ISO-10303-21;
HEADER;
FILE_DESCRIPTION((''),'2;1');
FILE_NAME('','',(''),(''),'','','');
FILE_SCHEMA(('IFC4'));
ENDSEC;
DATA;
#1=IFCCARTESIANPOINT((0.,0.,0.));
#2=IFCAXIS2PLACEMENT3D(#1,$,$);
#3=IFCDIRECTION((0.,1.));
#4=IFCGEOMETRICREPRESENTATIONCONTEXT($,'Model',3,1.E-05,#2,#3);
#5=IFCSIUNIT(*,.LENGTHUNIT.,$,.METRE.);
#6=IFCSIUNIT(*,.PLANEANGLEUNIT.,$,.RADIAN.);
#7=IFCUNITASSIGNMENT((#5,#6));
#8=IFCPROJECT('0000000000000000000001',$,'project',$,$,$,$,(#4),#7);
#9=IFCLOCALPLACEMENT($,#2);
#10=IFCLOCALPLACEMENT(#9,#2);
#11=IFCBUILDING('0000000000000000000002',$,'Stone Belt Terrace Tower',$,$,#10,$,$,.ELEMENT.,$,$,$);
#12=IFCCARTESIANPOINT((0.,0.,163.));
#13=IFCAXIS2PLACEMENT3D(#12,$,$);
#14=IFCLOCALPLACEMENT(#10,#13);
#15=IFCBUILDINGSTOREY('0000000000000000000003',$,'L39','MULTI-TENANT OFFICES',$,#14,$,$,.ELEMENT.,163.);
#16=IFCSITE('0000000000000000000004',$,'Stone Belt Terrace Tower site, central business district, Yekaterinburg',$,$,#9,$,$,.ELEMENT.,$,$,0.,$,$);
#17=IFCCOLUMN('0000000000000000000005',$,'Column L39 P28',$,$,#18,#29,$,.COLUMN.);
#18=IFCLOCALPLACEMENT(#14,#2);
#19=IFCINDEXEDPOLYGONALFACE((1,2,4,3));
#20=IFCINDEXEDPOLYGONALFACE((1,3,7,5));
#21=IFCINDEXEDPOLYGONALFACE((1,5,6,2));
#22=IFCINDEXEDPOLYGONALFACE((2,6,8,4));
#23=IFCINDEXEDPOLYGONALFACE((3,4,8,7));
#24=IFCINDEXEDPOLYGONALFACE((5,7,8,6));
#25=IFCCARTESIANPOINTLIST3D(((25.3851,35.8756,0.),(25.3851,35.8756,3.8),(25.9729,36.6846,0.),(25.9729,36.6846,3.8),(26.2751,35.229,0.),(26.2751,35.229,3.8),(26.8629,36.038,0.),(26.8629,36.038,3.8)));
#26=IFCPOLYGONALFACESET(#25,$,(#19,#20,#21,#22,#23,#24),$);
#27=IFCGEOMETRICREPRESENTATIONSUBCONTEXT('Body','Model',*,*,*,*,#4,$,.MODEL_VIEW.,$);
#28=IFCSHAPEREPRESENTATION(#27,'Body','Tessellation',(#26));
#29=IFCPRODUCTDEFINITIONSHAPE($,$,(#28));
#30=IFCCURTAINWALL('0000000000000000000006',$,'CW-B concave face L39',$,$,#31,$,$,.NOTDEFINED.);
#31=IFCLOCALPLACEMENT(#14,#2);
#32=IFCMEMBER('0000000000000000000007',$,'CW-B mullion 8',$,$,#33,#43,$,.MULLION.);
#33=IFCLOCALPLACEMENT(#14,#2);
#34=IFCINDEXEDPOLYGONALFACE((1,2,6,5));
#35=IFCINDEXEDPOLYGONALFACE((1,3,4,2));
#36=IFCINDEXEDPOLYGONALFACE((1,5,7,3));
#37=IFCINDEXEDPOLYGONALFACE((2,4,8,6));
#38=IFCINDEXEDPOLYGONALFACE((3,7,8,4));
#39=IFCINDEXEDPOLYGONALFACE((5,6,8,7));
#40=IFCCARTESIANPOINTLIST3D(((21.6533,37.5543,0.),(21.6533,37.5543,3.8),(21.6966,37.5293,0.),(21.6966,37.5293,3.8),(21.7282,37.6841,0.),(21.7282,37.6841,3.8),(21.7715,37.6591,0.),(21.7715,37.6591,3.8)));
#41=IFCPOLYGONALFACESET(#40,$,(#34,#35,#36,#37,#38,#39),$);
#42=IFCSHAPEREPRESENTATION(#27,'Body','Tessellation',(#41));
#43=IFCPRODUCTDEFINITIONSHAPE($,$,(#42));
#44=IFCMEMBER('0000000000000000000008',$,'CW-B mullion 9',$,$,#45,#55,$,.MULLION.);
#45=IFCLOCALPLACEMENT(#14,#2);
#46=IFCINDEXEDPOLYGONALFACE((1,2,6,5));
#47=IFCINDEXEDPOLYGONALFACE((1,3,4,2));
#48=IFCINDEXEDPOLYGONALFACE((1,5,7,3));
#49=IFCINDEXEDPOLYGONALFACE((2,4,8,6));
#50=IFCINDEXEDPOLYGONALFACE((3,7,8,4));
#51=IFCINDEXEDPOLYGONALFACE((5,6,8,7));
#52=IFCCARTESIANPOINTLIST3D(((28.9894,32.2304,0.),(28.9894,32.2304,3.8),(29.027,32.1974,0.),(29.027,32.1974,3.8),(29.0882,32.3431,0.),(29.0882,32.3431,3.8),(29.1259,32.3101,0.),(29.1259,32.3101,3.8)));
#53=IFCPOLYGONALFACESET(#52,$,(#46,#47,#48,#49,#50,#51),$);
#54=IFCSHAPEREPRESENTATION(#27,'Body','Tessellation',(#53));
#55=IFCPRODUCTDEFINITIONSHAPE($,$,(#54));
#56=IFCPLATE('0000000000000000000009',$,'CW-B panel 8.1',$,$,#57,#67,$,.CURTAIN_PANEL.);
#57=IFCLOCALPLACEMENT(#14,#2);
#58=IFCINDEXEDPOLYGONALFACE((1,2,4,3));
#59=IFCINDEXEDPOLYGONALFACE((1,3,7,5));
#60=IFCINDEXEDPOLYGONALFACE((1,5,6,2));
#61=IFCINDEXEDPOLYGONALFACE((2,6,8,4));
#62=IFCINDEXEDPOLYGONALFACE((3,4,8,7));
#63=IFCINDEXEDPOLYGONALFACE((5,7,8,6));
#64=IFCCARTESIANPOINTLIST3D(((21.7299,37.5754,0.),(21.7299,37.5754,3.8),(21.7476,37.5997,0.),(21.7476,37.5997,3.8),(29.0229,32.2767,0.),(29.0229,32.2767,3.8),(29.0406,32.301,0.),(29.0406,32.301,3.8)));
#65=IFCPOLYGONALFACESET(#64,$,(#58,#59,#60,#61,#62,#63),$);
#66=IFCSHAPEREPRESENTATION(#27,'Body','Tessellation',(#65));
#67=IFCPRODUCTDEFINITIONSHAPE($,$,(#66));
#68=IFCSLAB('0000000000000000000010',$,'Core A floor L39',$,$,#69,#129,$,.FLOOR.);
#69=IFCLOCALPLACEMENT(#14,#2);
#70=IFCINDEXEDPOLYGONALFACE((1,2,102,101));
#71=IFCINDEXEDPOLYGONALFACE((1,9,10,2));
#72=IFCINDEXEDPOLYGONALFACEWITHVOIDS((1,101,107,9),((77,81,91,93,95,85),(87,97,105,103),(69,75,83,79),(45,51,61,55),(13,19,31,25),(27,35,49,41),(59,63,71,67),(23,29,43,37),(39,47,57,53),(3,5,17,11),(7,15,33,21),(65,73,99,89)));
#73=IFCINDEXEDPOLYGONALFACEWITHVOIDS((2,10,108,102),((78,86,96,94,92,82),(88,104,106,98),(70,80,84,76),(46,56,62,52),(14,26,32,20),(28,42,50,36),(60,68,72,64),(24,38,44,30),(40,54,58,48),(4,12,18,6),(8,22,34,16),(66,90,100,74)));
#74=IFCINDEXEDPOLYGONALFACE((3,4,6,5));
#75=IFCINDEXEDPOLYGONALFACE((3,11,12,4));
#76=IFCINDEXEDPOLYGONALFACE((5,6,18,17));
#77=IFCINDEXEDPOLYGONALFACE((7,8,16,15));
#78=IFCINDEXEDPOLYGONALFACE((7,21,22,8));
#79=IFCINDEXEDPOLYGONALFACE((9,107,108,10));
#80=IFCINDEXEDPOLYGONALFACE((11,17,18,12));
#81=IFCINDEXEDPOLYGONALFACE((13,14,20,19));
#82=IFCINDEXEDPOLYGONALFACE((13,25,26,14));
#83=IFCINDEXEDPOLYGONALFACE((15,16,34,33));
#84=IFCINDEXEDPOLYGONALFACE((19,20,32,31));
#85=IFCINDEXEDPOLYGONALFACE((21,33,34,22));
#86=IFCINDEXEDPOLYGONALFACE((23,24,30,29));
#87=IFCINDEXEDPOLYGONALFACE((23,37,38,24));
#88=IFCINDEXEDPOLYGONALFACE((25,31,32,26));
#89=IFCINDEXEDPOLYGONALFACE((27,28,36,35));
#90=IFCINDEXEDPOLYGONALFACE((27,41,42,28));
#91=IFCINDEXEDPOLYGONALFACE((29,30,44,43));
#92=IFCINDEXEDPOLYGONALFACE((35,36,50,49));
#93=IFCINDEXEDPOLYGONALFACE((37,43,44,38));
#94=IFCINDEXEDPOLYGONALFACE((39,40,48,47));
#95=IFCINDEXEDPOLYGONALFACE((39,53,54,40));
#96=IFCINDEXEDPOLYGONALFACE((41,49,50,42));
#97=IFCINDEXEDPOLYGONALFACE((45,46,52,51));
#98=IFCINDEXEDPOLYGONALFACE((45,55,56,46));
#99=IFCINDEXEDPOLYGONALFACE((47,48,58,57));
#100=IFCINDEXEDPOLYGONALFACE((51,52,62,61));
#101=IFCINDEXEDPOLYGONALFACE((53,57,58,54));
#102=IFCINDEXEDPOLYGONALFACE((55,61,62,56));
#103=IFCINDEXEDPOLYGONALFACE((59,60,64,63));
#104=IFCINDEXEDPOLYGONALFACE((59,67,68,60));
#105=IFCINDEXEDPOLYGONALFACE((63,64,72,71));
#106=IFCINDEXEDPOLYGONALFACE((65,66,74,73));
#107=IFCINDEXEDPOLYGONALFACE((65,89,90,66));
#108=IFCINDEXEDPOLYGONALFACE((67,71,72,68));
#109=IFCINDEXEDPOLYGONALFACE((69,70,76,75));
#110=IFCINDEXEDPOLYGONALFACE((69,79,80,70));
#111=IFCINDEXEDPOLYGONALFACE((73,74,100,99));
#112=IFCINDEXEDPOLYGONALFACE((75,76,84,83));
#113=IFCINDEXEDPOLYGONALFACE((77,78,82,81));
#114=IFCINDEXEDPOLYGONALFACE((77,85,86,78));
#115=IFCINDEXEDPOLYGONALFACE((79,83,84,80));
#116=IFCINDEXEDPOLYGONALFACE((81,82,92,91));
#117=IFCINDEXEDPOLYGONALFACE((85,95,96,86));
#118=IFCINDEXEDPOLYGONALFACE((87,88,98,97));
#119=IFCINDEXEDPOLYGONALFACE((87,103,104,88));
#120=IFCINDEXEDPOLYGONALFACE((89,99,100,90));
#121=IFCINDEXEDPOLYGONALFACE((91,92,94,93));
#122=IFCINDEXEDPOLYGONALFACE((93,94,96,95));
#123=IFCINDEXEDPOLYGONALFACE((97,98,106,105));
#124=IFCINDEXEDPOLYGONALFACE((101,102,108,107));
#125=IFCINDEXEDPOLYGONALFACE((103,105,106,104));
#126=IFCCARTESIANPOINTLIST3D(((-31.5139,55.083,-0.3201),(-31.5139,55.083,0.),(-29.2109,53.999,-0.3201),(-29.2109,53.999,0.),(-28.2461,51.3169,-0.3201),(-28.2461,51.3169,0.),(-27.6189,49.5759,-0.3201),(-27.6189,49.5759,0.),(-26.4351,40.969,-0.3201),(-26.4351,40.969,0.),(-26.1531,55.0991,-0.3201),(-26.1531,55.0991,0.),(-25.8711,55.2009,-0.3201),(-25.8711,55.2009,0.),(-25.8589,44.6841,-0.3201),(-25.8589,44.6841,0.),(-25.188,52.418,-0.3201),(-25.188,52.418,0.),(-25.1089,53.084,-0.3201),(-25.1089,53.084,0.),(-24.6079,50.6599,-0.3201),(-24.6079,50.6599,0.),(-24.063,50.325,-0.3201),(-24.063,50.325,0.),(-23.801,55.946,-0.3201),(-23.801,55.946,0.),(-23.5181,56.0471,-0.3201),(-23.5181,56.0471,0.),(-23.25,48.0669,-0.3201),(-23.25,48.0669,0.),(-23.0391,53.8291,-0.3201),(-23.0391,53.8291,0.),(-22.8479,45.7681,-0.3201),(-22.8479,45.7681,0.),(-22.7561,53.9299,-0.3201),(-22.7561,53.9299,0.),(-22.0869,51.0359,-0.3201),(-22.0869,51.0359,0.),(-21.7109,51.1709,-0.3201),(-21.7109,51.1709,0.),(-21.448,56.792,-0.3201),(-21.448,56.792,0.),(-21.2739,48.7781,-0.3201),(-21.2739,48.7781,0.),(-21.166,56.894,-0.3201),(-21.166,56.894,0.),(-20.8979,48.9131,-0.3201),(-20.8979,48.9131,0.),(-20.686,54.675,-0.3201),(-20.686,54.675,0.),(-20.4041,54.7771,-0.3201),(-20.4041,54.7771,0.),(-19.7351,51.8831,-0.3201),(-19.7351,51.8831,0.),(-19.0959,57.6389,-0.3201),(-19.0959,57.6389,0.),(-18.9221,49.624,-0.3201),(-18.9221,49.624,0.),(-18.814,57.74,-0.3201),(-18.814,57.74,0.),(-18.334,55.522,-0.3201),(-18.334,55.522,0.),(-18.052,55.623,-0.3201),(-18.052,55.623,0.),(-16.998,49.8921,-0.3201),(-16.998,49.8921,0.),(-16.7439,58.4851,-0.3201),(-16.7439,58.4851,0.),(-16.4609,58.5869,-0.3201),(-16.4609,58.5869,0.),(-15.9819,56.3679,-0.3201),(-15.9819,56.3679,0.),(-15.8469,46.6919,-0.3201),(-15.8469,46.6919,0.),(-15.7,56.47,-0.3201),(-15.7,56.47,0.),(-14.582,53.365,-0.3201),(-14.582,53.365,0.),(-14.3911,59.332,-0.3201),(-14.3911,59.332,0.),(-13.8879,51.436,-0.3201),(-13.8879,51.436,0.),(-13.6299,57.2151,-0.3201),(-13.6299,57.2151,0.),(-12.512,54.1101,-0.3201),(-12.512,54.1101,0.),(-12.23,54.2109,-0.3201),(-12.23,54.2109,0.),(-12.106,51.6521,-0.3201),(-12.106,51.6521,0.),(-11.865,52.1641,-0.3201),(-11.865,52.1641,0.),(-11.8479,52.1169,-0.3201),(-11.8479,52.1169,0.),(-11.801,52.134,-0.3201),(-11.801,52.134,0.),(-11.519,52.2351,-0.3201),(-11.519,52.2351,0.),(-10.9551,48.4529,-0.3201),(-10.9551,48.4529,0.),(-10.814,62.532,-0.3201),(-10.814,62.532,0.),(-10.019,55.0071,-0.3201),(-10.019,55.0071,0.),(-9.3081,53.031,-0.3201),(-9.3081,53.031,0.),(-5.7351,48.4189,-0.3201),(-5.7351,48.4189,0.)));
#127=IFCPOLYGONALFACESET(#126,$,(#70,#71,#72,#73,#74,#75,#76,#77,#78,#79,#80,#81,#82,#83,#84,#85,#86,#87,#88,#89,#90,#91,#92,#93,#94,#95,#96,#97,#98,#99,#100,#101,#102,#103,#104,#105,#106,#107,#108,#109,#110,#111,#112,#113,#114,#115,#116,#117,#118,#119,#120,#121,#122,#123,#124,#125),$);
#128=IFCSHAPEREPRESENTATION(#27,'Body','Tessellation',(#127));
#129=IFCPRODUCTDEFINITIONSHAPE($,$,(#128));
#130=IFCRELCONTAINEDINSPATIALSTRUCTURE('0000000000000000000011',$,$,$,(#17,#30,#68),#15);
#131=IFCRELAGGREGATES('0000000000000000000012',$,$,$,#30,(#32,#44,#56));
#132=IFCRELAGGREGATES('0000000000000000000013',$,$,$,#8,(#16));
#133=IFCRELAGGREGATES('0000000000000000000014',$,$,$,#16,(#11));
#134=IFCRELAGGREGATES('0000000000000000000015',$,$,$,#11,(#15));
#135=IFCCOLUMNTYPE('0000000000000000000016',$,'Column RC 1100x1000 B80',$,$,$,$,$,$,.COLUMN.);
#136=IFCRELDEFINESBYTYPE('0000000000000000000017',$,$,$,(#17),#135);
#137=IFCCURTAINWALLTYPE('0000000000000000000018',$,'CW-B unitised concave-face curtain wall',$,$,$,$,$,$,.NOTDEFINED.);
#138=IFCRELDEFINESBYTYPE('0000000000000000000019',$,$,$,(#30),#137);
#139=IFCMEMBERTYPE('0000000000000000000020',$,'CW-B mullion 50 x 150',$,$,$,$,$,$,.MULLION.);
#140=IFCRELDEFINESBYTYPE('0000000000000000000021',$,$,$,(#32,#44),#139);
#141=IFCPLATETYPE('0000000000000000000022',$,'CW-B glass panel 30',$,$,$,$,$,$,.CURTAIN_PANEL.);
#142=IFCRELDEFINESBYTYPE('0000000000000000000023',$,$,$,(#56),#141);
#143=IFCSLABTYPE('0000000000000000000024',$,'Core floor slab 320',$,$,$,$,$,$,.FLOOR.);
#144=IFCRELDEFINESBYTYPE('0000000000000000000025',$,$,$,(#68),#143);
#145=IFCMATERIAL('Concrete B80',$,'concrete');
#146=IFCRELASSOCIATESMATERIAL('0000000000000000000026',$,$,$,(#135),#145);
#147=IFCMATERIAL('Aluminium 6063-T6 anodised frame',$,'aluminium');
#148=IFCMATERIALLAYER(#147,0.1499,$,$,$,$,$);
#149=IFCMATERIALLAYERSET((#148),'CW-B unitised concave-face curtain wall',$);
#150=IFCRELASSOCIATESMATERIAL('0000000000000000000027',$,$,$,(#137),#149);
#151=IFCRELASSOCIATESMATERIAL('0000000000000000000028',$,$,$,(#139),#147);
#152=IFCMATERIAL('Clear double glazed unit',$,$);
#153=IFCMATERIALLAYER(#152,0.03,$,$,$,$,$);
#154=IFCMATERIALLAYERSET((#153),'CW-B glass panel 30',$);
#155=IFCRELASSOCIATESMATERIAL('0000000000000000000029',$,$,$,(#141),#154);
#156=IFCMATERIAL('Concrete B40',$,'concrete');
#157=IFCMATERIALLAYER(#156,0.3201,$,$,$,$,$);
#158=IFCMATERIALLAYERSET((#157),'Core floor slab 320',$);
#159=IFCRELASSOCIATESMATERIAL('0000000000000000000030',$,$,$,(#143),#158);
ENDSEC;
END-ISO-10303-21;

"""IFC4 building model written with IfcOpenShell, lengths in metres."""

from ifc_helpers import new_model, si_unit, direction, frame, origin, origin_2d, place, context, subcontext, project, spatial, polyline, rectangle, outline, extrude, material, layer, layer_set, material_profile, profile_set, type_object, element, aggregate, save


model = new_model("IFC4")

# Units and contexts
model_context = context("Model", 3, precision=1e-05, world=origin(), true_north=direction((0.0, 1.0)))
body_context = subcontext(model_context, "Body", "Model", "MODEL_VIEW")
ifc_project = project(units=[si_unit("LENGTHUNIT", "METRE"), si_unit("PLANEANGLEUNIT", "RADIAN")], contexts=[model_context])

# Site, building, storey
site_placement = place(None, origin())
site = spatial("IfcSite", under=ifc_project, at=site_placement, Name="Stone Belt Terrace Tower site, central business district, Yekaterinburg", CompositionType="ELEMENT", RefElevation=0.0)
building_placement = place(site_placement, origin())
building = spatial("IfcBuilding", under=site, at=building_placement, Name="Stone Belt Terrace Tower", CompositionType="ELEMENT")
storey_placement = place(building_placement, frame((0.0, 0.0, 163.0)))
storey = spatial("IfcBuildingStorey", under=building, at=storey_placement, Name="L39", Description="MULTI-TENANT OFFICES", CompositionType="ELEMENT", Elevation=163.0)

# Column
ifc_material_1 = material(Name="Concrete B80", Category="concrete")
ifc_material_profile_1 = material_profile(ifc_material_1, rectangle(XDim=1.1001, YDim=1.0, at=origin_2d()), Name="RC 1100x1000")
ifc_profile_set_1 = profile_set([ifc_material_profile_1], Name="Concrete B80")
column_type = type_object("IfcColumnType", Name="Column RC 1100x1000 B80", PredefinedType="COLUMN", material=ifc_profile_set_1)
column_placement = place(storey_placement, frame((26.124, 35.9568, 0.0), z_axis=(0.0, 0.0, 1.0), x_axis=(0.809017, -0.587785, 0.0)))
element("IfcColumn", 1, at=column_placement, inside=storey, type_object=column_type, Name="Column L39 P28", PredefinedType="COLUMN", context=body_context, shape_type="SweptSolid", body=[
    extrude(rectangle(XDim=1.1001, YDim=1.0, at=origin_2d()), origin(), (0.0, 0.0, 1.0), 3.8),
])

# Curtain wall, members, plate
ifc_material_2 = material(Name="Aluminium 6063-T6 anodised frame", Category="aluminium")
ifc_layer_1 = layer(ifc_material_2, 0.1499)
ifc_layer_set_1 = layer_set([ifc_layer_1], Name="CW-B unitised concave-face curtain wall")
curtain_wall_type = type_object("IfcCurtainWallType", Name="CW-B unitised concave-face curtain wall", PredefinedType="NOTDEFINED", material=ifc_layer_set_1)
curtain_wall_placement = place(storey_placement, origin())
curtain_wall = element("IfcCurtainWall", 2, at=curtain_wall_placement, inside=storey, type_object=curtain_wall_type, Name="CW-B concave face L39", PredefinedType="NOTDEFINED")
ifc_material_profile_2 = material_profile(ifc_material_2, rectangle(XDim=0.1499, YDim=0.05, at=origin_2d()), Name="Aluminium 6063-T6 50x150")
ifc_profile_set_2 = profile_set([ifc_material_profile_2], Name="Aluminium 6063-T6 anodised frame")
member_type = type_object("IfcMemberType", Name="CW-B mullion 50 x 150", PredefinedType="MULLION", material=ifc_profile_set_2)
member_1_placement = place(storey_placement, frame((21.7124, 37.6067, 0.0), z_axis=(0.0, 0.0, 1.0), x_axis=(0.5, 0.866025, 0.0)))
member_1 = element("IfcMember", 3, at=member_1_placement, type_object=member_type, Name="CW-B mullion 8", PredefinedType="MULLION", context=body_context, shape_type="SweptSolid", body=[
    extrude(rectangle(XDim=0.1499, YDim=0.05, at=origin_2d()), origin(), (0.0, 0.0, 1.0), 3.8),
])
member_2_placement = place(storey_placement, frame((29.0576, 32.2703, 0.0), z_axis=(0.0, 0.0, 1.0), x_axis=(0.659495, 0.751709, 0.0)))
member_2 = element("IfcMember", 4, at=member_2_placement, type_object=member_type, Name="CW-B mullion 9", PredefinedType="MULLION", context=body_context, shape_type="SweptSolid", body=[
    extrude(rectangle(XDim=0.1499, YDim=0.05, at=origin_2d()), origin(), (0.0, 0.0, 1.0), 3.8),
])
ifc_material_3 = material(Name="Clear double glazed unit")
ifc_layer_2 = layer(ifc_material_3, 0.03)
ifc_layer_set_2 = layer_set([ifc_layer_2], Name="CW-B glass panel 30")
plate_type = type_object("IfcPlateType", Name="CW-B glass panel 30", PredefinedType="CURTAIN_PANEL", material=ifc_layer_set_2)
plate_placement = place(storey_placement, frame((25.3853, 34.9382, 0.0), z_axis=(0.0, 0.0, 1.0), x_axis=(0.809017, -0.587785, 0.0)))
plate = element("IfcPlate", 5, at=plate_placement, type_object=plate_type, Name="CW-B panel 8.1", PredefinedType="CURTAIN_PANEL", context=body_context, shape_type="SweptSolid", body=[
    extrude(rectangle(XDim=9.0146, YDim=0.03, at=origin_2d()), origin(), (0.0, 0.0, 1.0), 3.8),
])
aggregate(curtain_wall, [member_1, member_2, plate])

# Slab
ifc_material_4 = material(Name="Concrete B40", Category="concrete")
ifc_layer_3 = layer(ifc_material_4, 0.3201)
ifc_layer_set_3 = layer_set([ifc_layer_3], Name="Core floor slab 320")
slab_type_1 = type_object("IfcSlabType", Name="Core floor slab 320", PredefinedType="FLOOR", material=ifc_layer_set_3)
slab_1_placement = place(storey_placement, frame((0.0, 0.0, -0.3201)))
element("IfcSlab", 6, at=slab_1_placement, inside=storey, type_object=slab_type_1, Name="Core A floor L39", PredefinedType="FLOOR", context=body_context, shape_type="SweptSolid", body=[
    extrude(outline(polyline([(-26.4351, 40.969), (-5.7351, 48.4189), (-10.814, 62.532), (-31.5139, 55.083), (-26.4351, 40.969)]), holes=[polyline([(-24.6079, 50.6599), (-22.8479, 45.7681), (-25.8589, 44.6841), (-27.6189, 49.5759), (-24.6079, 50.6599)]), polyline([(-21.2739, 48.7781), (-23.25, 48.0669), (-24.063, 50.325), (-22.0869, 51.0359), (-21.2739, 48.7781)]), polyline([(-18.9221, 49.624), (-20.8979, 48.9131), (-21.7109, 51.1709), (-19.7351, 51.8831), (-18.9221, 49.624)]), polyline([(-28.2461, 51.3169), (-29.2109, 53.999), (-26.1531, 55.0991), (-25.188, 52.418), (-28.2461, 51.3169)]), polyline([(-23.801, 55.946), (-23.0391, 53.8291), (-25.1089, 53.084), (-25.8711, 55.2009), (-23.801, 55.946)]), polyline([(-21.448, 56.792), (-20.686, 54.675), (-22.7561, 53.9299), (-23.5181, 56.0471), (-21.448, 56.792)]), polyline([(-10.9551, 48.4529), (-15.8469, 46.6919), (-16.998, 49.8921), (-12.106, 51.6521), (-10.9551, 48.4529)]), polyline([(-11.8479, 52.1169), (-11.865, 52.1641), (-13.8879, 51.436), (-14.582, 53.365), (-12.512, 54.1101), (-11.801, 52.134), (-11.8479, 52.1169)]), polyline([(-9.3081, 53.031), (-11.519, 52.2351), (-12.23, 54.2109), (-10.019, 55.0071), (-9.3081, 53.031)]), polyline([(-21.166, 56.894), (-19.0959, 57.6389), (-18.334, 55.522), (-20.4041, 54.7771), (-21.166, 56.894)]), polyline([(-16.7439, 58.4851), (-15.9819, 56.3679), (-18.052, 55.623), (-18.814, 57.74), (-16.7439, 58.4851)]), polyline([(-14.3911, 59.332), (-13.6299, 57.2151), (-15.7, 56.47), (-16.4609, 58.5869), (-14.3911, 59.332)])]), origin(), (0.0, 0.0, 1.0), 0.3201),
])

save(model, "model.ifc")
